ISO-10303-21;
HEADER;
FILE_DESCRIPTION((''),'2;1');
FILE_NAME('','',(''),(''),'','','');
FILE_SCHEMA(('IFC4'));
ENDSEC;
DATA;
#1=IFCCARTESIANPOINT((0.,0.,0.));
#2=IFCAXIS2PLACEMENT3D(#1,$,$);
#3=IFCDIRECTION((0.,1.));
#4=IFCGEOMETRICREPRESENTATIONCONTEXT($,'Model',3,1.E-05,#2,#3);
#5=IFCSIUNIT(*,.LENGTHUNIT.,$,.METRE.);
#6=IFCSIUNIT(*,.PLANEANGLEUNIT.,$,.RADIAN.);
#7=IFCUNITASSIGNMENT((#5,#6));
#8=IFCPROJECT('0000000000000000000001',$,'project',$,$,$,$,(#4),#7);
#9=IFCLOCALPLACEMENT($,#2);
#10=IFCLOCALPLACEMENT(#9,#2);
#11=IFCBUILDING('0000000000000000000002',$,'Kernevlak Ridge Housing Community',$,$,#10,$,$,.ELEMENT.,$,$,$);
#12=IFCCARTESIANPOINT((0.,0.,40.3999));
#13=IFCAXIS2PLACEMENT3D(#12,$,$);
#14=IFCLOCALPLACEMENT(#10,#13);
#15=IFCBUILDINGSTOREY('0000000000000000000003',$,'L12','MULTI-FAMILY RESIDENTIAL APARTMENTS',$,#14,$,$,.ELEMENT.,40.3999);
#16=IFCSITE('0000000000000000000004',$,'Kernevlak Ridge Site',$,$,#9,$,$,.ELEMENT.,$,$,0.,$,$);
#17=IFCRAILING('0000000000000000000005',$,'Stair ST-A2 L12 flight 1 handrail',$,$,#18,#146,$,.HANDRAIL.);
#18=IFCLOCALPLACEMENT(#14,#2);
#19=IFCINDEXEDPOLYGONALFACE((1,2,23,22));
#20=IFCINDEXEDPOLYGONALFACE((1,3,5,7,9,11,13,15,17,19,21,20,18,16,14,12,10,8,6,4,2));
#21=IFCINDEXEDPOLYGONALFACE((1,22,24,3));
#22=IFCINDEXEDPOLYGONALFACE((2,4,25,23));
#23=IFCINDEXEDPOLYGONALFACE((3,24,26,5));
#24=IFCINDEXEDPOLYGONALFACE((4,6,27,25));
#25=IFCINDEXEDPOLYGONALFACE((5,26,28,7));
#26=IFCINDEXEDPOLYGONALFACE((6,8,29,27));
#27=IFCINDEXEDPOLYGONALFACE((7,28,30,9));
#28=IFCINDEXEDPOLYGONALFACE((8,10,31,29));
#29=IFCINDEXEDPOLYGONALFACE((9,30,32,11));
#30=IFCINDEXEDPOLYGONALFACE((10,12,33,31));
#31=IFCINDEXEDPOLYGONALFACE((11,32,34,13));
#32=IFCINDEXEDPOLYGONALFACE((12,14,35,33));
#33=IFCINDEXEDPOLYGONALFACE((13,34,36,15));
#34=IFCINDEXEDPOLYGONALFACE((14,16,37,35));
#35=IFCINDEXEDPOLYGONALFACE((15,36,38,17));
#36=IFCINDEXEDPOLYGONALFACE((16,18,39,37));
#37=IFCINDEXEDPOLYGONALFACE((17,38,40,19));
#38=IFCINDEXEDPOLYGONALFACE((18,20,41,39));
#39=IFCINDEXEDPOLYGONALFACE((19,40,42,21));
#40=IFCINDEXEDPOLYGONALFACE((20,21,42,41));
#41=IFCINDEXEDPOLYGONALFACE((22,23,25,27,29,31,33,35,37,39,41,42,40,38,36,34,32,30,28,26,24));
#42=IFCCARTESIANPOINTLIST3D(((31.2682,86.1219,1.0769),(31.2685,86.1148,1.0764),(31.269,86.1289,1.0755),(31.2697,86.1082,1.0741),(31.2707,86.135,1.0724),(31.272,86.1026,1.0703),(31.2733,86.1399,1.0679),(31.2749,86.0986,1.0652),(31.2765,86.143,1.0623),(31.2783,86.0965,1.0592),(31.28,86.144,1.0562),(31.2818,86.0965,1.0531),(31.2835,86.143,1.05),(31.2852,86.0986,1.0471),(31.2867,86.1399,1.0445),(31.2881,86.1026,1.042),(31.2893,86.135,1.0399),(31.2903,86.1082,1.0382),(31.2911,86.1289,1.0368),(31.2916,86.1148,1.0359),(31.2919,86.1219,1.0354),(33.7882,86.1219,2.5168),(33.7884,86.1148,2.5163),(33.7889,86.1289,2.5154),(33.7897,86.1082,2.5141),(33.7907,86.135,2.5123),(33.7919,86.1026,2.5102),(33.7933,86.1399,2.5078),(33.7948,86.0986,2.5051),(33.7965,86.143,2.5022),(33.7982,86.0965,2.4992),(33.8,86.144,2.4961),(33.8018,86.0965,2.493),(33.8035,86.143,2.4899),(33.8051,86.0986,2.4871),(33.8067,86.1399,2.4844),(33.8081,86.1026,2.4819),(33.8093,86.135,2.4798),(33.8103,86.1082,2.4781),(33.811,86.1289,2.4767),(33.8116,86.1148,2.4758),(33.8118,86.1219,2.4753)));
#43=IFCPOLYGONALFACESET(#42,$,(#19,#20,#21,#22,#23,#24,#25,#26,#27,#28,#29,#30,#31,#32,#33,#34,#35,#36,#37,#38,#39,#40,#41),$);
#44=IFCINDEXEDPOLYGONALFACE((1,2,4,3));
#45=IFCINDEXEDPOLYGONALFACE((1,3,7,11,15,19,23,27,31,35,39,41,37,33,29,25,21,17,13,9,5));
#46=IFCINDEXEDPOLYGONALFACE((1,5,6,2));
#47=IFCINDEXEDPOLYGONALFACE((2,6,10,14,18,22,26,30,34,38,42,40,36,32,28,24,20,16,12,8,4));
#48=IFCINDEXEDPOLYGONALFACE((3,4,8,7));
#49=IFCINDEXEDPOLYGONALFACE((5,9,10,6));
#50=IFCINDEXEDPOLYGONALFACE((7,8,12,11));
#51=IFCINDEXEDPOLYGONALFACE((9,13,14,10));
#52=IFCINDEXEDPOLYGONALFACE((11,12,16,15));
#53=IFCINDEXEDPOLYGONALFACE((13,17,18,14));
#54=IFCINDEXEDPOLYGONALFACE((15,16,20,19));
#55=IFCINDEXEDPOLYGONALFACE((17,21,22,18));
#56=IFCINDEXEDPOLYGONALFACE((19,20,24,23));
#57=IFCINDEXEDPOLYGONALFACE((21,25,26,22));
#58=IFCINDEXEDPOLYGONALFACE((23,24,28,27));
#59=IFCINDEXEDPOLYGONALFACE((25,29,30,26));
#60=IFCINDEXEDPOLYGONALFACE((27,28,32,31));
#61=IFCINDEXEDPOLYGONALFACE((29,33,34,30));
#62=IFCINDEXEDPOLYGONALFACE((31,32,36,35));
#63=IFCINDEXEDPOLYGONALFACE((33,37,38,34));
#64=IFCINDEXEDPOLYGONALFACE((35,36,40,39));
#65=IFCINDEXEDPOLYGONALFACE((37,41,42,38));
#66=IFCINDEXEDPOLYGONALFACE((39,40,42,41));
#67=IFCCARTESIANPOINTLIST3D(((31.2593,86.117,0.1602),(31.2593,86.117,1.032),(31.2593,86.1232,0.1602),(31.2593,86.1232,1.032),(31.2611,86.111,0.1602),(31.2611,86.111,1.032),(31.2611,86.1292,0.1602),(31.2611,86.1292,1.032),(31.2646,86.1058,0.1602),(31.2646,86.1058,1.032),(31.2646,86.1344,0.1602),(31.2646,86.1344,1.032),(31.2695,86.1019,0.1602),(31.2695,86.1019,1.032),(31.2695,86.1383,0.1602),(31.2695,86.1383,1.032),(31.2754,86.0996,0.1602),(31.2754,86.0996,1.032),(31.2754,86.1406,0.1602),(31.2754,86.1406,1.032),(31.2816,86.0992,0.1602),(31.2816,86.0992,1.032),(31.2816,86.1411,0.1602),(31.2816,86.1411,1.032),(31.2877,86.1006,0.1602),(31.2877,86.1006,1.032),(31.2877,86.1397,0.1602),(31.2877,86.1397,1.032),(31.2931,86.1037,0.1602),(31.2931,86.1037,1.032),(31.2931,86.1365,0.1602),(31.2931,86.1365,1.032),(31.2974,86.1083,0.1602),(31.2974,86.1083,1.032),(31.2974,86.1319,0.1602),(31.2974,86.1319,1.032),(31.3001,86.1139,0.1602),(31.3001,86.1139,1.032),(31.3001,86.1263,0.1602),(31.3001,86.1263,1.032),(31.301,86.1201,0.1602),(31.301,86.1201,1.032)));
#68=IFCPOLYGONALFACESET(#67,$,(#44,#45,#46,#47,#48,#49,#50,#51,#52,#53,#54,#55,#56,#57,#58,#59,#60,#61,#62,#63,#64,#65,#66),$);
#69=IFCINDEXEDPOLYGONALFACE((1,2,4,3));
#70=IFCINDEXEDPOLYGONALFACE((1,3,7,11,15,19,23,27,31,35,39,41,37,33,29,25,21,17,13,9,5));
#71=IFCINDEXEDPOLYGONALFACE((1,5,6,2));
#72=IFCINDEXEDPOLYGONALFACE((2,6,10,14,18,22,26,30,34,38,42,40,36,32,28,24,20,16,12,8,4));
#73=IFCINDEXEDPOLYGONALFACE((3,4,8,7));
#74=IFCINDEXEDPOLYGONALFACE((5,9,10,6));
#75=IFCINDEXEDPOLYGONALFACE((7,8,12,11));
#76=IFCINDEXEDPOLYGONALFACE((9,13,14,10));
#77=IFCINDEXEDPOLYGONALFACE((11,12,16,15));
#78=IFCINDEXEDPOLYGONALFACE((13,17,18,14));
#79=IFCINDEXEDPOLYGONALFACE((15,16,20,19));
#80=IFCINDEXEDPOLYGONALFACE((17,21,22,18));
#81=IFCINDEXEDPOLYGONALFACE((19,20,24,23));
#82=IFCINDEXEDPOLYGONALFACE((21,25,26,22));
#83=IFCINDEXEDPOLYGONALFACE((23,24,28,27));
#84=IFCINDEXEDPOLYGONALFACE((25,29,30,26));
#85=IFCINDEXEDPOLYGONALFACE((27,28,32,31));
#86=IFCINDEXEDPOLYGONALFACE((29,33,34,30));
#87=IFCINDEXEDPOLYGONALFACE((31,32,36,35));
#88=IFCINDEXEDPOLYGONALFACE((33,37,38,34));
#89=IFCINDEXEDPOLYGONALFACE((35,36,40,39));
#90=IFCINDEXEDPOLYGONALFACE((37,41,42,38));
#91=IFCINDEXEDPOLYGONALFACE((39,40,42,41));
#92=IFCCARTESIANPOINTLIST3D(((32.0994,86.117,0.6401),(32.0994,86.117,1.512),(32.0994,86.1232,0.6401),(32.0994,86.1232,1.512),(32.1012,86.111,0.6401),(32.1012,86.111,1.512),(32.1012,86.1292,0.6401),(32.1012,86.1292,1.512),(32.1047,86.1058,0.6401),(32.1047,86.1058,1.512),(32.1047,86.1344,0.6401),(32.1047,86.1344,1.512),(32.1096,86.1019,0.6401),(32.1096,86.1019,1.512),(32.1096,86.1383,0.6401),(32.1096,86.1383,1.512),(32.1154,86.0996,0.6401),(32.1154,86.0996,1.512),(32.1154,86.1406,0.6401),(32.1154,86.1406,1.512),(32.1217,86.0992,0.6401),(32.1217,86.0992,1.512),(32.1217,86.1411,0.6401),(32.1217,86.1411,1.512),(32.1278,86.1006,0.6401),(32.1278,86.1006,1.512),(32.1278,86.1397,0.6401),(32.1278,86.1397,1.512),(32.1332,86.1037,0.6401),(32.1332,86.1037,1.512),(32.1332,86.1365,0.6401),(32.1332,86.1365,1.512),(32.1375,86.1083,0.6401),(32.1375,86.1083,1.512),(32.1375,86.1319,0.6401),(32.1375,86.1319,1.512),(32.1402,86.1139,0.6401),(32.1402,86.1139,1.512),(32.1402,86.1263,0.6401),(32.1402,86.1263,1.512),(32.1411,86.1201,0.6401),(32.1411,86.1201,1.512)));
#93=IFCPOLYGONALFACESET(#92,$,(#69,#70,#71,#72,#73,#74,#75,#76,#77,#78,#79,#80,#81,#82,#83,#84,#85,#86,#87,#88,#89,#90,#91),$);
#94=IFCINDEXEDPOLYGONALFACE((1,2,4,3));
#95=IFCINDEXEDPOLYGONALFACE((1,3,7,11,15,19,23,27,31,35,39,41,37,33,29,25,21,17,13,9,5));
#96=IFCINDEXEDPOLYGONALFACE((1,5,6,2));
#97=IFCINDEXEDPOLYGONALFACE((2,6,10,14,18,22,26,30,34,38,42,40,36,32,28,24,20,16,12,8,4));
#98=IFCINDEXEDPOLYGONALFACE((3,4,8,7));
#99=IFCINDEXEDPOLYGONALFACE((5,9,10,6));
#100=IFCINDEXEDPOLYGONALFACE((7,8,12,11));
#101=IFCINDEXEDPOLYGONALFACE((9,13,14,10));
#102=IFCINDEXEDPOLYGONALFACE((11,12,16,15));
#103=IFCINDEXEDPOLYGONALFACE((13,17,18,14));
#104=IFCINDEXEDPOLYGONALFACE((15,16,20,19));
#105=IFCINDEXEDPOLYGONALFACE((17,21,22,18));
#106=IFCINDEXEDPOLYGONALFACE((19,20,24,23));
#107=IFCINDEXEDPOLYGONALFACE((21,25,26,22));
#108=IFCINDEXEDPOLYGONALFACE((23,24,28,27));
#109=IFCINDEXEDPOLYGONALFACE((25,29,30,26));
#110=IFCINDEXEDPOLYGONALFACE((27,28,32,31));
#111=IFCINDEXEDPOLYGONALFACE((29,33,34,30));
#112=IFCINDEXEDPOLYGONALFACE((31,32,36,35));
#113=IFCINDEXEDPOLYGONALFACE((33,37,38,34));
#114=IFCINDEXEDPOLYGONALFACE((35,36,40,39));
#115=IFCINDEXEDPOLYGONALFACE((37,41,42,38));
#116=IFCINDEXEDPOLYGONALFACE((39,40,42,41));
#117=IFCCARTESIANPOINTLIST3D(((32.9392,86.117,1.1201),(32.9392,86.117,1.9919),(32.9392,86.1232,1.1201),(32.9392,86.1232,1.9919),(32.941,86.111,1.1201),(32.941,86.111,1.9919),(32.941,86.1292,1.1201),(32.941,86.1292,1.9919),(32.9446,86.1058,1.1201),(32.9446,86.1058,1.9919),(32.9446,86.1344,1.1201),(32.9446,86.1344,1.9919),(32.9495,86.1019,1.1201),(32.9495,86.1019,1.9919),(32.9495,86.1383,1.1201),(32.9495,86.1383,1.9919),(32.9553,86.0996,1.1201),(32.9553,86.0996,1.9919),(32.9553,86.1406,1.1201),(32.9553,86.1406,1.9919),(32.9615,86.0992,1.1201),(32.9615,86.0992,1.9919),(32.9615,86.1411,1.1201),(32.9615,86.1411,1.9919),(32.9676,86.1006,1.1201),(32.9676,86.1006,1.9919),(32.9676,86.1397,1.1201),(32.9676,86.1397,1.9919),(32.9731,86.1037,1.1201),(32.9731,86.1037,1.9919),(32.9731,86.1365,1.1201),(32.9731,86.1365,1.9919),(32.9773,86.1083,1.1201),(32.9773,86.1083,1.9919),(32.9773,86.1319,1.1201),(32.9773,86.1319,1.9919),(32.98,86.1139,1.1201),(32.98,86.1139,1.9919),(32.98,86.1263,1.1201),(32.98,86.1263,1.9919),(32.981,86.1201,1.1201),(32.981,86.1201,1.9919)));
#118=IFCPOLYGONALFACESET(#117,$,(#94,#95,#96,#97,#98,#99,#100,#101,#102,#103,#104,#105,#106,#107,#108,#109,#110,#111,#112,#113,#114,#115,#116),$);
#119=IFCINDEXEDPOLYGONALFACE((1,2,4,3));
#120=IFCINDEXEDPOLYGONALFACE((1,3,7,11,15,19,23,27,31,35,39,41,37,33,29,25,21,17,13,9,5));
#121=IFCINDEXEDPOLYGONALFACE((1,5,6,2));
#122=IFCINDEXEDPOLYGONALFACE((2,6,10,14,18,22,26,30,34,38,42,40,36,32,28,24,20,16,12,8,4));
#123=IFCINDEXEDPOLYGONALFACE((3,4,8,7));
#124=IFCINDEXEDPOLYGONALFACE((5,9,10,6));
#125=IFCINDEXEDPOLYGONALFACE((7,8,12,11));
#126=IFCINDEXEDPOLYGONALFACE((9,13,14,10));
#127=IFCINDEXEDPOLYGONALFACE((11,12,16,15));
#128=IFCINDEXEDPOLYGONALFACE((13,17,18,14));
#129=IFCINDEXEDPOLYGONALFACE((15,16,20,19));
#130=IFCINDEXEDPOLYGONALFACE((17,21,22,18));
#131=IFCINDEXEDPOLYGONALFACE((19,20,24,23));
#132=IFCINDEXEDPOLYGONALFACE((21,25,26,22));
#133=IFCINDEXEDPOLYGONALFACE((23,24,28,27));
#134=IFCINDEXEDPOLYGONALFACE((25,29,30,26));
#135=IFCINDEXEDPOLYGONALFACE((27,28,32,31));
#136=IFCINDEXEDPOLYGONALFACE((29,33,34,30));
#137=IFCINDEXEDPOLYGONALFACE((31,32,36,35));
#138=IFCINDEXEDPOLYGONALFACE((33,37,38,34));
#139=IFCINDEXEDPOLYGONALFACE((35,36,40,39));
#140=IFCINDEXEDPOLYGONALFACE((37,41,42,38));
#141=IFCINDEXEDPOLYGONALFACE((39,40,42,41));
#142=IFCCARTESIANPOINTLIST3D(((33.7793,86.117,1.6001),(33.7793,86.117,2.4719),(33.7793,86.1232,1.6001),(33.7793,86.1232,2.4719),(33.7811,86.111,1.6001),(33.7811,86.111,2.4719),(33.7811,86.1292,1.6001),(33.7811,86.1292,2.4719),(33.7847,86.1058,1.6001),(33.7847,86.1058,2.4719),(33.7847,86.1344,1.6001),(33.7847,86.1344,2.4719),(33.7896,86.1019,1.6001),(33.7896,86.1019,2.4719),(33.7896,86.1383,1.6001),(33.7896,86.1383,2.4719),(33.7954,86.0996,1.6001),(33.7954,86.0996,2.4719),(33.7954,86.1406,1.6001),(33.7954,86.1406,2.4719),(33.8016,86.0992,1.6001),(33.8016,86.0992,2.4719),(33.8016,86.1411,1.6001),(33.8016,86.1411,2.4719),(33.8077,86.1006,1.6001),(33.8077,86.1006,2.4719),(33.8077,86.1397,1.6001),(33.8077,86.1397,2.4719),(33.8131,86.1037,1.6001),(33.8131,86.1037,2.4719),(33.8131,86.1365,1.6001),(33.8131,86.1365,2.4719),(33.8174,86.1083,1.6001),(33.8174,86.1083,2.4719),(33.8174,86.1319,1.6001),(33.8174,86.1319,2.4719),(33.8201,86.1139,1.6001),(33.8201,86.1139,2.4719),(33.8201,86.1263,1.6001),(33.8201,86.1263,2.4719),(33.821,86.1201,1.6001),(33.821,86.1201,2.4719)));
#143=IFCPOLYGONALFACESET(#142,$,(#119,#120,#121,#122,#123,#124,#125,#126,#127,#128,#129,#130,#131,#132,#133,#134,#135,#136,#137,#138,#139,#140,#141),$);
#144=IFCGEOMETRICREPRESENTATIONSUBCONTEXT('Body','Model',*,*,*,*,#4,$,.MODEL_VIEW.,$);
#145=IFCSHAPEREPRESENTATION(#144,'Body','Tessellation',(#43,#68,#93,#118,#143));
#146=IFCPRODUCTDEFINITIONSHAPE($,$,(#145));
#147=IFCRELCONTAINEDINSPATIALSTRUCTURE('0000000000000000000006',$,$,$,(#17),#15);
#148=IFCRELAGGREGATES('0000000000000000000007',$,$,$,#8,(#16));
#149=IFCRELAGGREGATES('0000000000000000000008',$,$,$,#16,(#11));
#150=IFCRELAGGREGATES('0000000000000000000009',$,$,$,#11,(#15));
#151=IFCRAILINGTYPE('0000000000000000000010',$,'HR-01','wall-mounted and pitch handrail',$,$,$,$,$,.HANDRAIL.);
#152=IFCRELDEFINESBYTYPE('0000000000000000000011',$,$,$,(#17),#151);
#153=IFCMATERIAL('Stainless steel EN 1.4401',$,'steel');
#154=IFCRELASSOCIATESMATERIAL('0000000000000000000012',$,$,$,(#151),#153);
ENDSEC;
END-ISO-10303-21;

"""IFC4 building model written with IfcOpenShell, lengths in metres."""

from ifc_helpers import new_model, si_unit, direction, frame, origin, origin_2d, place, context, subcontext, project, spatial, circle, extrude, material, type_object, element, save


model = new_model("IFC4")

# Units and contexts
model_context = context("Model", 3, precision=1e-05, world=origin(), true_north=direction((0.0, 1.0)))
body_context = subcontext(model_context, "Body", "Model", "MODEL_VIEW")
ifc_project = project(units=[si_unit("LENGTHUNIT", "METRE"), si_unit("PLANEANGLEUNIT", "RADIAN")], contexts=[model_context])

# Site, building, storey
site_placement = place(None, origin())
site = spatial("IfcSite", under=ifc_project, at=site_placement, Name="Kernevlak Ridge Site", CompositionType="ELEMENT", RefElevation=0.0)
building_placement = place(site_placement, origin())
building = spatial("IfcBuilding", under=site, at=building_placement, Name="Kernevlak Ridge Housing Community", CompositionType="ELEMENT")
storey_placement = place(building_placement, frame((0.0, 0.0, 40.3999)))
storey = spatial("IfcBuildingStorey", under=building, at=storey_placement, Name="L12", Description="MULTI-FAMILY RESIDENTIAL APARTMENTS", CompositionType="ELEMENT", Elevation=40.3999)

# Railing
ifc_material_1 = material(Name="Stainless steel EN 1.4401", Category="steel")
railing_type_1 = type_object("IfcRailingType", Name="HR-01", Description="wall-mounted and pitch handrail", PredefinedType="HANDRAIL", material=ifc_material_1)
railing_1_placement = place(storey_placement, frame((31.28, 86.1201, 0.1602)))
element("IfcRailing", 1, at=railing_1_placement, inside=storey, type_object=railing_type_1, Name="Stair ST-A2 L12 flight 1 handrail", PredefinedType="HANDRAIL", context=body_context, shape_type="SweptSolid", body=[
    extrude(circle(Radius=0.0239, at=origin_2d()), frame((0.0, 0.0, 0.896), z_axis=(0.868253, 0.0, 0.496121), x_axis=(0.0, 1.0, 0.0)), (0.0, 0.0, 1.0), 2.9023),
    extrude(circle(Radius=0.021, at=origin_2d()), origin(), (0.0, 0.0, 1.0), 0.8718),
    extrude(circle(Radius=0.021, at=origin_2d()), frame((0.8401, 0.0, 0.48)), (0.0, 0.0, 1.0), 0.8718),
    extrude(circle(Radius=0.021, at=origin_2d()), frame((1.6799, 0.0, 0.96)), (0.0, 0.0, 1.0), 0.8718),
    extrude(circle(Radius=0.021, at=origin_2d()), frame((2.52, 0.0, 1.4399)), (0.0, 0.0, 1.0), 0.8718),
])

save(model, "model.ifc")
